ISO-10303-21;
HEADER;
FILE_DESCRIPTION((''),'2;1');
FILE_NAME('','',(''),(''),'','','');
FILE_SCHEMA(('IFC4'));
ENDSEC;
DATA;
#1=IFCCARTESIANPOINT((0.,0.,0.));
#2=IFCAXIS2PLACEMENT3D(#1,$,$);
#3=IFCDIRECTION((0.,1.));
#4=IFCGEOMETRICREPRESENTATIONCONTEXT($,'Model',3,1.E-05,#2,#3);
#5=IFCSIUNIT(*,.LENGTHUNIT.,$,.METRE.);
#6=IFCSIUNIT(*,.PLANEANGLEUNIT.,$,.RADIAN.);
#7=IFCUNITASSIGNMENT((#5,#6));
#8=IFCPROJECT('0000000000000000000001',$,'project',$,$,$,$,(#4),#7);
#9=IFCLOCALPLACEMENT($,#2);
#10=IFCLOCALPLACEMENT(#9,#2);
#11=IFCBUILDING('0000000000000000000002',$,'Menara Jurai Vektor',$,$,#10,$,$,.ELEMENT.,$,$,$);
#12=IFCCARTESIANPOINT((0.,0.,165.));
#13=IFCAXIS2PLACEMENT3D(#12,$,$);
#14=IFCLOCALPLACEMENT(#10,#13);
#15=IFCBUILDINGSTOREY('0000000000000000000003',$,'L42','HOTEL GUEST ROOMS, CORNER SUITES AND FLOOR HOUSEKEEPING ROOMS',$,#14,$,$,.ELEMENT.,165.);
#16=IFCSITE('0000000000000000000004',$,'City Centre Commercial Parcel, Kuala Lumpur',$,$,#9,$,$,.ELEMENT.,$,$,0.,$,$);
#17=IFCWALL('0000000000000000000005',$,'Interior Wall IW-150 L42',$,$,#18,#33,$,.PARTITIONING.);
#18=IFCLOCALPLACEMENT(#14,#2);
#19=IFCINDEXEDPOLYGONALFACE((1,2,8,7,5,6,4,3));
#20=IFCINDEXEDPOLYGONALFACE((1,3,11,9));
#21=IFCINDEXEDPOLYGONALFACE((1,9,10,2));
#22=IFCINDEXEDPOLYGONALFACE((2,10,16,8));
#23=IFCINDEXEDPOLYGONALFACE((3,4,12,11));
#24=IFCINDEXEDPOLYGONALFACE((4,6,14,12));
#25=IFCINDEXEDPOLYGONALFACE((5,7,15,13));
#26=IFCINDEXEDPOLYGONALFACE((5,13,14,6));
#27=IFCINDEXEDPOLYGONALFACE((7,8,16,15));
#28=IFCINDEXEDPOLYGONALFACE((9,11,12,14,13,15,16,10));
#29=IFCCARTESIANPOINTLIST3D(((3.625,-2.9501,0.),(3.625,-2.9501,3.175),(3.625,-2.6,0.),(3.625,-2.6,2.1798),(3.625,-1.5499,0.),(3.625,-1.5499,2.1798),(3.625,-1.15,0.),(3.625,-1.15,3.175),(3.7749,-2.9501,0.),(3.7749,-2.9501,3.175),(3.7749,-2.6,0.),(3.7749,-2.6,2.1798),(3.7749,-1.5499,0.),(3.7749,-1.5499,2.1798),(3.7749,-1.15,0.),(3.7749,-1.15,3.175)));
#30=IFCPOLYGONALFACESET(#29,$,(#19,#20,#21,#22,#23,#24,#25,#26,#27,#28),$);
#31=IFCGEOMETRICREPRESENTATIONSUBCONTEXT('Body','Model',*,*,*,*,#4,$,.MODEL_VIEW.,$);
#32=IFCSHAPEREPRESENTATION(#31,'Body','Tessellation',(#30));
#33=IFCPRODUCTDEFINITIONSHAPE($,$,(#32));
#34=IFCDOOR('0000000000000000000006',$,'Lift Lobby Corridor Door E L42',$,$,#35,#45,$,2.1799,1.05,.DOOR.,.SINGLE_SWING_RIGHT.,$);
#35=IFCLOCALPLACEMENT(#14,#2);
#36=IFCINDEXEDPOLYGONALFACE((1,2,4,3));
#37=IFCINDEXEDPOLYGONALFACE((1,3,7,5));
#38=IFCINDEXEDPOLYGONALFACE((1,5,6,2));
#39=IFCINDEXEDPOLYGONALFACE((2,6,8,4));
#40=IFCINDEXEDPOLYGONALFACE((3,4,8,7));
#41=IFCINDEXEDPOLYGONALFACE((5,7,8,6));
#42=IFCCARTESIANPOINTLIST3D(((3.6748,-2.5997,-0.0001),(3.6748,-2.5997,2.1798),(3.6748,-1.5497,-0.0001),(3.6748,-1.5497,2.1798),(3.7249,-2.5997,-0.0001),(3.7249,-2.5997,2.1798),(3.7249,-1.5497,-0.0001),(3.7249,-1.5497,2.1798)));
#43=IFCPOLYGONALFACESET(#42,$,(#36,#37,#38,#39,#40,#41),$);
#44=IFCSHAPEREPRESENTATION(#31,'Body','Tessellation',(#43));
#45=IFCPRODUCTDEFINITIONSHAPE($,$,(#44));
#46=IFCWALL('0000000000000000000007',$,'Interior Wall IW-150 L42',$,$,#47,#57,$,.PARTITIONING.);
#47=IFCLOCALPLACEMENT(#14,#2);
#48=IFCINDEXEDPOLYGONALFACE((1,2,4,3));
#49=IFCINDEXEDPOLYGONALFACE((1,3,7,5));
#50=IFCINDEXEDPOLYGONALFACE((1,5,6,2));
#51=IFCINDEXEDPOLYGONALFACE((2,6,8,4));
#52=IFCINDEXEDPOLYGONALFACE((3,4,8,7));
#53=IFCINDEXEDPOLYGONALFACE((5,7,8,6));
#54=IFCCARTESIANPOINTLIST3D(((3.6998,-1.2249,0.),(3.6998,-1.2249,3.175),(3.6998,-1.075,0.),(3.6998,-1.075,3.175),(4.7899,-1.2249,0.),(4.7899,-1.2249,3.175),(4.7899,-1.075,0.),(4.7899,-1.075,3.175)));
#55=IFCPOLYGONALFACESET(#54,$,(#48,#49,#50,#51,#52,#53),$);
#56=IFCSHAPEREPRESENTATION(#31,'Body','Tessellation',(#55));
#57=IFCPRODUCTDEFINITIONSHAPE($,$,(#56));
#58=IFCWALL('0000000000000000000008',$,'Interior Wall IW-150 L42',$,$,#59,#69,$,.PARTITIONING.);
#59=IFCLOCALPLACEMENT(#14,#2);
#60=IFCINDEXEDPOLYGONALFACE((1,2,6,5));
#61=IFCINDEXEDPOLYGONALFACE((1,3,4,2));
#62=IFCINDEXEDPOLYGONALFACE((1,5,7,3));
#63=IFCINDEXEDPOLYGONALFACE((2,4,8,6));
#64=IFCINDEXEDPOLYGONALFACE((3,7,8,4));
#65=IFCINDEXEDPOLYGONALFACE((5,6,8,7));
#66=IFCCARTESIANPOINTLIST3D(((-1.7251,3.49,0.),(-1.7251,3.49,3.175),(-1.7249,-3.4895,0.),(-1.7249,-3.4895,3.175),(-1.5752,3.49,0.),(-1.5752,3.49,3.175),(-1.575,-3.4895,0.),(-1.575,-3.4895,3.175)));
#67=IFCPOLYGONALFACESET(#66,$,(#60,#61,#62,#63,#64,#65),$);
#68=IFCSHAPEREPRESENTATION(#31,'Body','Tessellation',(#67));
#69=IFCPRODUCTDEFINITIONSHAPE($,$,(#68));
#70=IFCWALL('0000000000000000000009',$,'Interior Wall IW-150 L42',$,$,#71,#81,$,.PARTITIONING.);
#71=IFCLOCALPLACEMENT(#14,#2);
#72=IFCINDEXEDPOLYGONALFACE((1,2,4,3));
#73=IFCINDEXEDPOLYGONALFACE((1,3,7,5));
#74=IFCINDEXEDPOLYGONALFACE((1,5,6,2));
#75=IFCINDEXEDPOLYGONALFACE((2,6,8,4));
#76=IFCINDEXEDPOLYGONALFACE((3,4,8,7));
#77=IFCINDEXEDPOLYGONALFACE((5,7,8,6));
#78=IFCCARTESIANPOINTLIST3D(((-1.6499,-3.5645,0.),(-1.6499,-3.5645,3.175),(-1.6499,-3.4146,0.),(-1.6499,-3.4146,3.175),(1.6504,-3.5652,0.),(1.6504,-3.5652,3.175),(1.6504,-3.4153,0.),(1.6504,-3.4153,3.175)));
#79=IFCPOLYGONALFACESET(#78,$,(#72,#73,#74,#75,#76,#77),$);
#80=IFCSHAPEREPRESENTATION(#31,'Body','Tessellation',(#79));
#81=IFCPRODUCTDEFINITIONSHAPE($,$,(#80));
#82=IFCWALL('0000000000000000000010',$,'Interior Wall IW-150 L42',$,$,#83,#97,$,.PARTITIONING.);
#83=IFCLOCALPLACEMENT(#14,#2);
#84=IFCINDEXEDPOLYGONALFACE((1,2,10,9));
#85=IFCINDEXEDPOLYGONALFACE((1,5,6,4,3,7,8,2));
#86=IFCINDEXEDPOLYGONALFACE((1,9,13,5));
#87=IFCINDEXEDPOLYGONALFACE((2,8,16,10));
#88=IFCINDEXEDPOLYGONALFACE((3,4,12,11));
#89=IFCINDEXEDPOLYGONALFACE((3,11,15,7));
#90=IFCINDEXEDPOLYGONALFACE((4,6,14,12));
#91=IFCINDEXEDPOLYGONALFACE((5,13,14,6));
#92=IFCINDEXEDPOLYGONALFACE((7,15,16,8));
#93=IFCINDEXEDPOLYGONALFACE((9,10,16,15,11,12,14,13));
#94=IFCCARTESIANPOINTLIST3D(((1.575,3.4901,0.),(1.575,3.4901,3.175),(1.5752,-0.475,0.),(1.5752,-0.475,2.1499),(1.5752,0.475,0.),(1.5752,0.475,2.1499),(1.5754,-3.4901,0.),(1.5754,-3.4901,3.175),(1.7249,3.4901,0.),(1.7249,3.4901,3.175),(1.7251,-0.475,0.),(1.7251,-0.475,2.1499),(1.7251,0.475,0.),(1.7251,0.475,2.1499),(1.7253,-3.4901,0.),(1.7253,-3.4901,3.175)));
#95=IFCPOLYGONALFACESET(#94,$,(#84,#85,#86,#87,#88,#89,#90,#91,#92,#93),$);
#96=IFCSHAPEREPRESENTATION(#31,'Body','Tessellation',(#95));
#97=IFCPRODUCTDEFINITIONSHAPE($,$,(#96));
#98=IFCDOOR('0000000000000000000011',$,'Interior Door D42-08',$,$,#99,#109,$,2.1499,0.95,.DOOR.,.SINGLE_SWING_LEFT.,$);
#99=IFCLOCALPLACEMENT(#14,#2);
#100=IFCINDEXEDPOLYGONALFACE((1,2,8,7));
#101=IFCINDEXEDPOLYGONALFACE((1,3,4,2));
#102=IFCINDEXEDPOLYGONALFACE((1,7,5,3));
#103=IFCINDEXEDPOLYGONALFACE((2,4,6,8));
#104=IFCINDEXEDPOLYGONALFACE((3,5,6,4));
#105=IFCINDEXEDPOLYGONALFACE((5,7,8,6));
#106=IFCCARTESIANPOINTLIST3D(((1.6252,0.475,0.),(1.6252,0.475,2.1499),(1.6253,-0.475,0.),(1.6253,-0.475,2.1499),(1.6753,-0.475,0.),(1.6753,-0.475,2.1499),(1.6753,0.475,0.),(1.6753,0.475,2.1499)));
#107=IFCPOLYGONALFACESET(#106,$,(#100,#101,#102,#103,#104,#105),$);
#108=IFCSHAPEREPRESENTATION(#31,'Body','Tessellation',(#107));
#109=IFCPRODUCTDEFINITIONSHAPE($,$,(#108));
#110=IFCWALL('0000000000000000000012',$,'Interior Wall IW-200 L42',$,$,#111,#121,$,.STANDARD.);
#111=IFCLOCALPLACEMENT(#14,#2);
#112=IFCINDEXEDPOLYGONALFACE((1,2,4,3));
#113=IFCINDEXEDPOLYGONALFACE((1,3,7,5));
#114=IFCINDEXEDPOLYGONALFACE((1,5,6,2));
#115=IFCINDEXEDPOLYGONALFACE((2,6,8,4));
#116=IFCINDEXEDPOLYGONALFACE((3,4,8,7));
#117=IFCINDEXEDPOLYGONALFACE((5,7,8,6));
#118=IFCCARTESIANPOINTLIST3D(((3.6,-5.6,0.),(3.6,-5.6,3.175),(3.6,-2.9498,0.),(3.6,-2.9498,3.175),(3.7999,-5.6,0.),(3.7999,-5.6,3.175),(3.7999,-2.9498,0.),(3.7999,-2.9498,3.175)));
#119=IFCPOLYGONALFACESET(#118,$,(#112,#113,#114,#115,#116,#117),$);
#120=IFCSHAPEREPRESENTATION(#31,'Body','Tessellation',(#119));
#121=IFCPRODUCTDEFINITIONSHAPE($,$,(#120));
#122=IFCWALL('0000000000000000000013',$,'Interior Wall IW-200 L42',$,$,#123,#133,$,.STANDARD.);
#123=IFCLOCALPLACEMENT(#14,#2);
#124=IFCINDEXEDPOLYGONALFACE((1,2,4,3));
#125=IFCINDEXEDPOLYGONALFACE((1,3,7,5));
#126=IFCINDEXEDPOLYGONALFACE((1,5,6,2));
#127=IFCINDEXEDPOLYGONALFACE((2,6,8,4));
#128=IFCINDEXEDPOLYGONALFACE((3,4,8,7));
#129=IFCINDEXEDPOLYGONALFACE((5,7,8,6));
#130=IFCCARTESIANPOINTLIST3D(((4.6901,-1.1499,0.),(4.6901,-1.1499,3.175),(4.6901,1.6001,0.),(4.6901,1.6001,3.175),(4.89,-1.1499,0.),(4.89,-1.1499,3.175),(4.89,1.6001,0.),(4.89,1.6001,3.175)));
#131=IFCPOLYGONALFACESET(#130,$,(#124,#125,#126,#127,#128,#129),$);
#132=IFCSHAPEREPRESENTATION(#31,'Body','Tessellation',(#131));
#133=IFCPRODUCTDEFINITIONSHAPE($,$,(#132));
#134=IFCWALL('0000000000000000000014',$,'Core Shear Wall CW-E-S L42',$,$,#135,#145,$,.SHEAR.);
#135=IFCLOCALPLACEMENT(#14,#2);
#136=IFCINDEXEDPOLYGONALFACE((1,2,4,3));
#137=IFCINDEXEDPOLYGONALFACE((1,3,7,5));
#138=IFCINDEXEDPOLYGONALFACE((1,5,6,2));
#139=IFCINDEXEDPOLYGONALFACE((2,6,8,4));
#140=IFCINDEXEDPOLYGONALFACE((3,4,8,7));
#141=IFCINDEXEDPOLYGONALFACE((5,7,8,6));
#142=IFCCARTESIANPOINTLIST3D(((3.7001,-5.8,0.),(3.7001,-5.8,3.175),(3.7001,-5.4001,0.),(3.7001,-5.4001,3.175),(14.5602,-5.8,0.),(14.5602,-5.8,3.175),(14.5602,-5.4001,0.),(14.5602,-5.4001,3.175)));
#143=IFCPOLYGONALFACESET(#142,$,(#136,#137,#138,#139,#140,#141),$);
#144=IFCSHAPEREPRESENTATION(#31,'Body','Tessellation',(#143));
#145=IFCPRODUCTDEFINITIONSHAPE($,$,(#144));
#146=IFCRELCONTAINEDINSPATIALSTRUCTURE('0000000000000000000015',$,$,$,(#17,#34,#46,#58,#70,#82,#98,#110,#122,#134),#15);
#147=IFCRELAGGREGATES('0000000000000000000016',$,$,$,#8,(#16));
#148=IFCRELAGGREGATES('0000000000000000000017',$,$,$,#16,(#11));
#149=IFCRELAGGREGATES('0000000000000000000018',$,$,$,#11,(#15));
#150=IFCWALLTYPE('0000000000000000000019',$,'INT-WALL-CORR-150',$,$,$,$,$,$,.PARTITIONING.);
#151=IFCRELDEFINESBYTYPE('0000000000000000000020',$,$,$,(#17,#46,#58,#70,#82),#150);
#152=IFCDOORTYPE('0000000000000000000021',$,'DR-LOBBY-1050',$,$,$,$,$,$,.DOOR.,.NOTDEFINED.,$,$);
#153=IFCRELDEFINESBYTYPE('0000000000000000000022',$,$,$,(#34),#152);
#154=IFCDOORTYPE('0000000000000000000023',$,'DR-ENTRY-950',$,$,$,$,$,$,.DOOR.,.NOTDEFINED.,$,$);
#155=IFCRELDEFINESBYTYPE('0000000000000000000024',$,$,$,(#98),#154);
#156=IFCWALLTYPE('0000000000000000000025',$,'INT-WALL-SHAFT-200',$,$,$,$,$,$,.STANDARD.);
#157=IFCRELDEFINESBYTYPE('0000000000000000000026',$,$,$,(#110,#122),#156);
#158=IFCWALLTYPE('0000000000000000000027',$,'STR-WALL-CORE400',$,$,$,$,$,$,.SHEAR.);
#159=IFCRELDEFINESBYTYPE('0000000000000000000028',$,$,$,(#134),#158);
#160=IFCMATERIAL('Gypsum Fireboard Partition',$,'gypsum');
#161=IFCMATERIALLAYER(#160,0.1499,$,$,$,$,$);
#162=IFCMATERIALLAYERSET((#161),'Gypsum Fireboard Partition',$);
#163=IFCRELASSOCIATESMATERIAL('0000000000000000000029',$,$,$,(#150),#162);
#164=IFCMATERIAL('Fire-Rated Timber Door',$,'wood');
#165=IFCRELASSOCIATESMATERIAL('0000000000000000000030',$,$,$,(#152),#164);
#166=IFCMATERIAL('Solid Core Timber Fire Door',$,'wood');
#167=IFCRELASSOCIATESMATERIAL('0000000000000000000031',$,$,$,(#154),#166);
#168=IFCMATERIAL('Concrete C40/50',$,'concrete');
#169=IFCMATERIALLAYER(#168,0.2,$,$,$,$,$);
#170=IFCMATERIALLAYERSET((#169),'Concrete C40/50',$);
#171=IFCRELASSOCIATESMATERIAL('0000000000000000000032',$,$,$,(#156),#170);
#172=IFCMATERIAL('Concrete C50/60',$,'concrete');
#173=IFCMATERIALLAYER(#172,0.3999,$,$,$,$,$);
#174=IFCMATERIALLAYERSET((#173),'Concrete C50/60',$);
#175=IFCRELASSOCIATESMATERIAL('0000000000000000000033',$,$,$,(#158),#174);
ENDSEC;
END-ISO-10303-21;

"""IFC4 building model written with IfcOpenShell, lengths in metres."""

from ifc_helpers import new_model, si_unit, direction, frame, frame_2d, origin, place, context, subcontext, project, spatial, rectangle, extrude, material, layer, layer_set, type_object, element, fill, save


model = new_model("IFC4")

# Units and contexts
model_context = context("Model", 3, precision=1e-05, world=origin(), true_north=direction((0.0, 1.0)))
body_context = subcontext(model_context, "Body", "Model", "MODEL_VIEW")
ifc_project = project(units=[si_unit("LENGTHUNIT", "METRE"), si_unit("PLANEANGLEUNIT", "RADIAN")], contexts=[model_context])

# Site, building, storey
site_placement = place(None, origin())
site = spatial("IfcSite", under=ifc_project, at=site_placement, Name="City Centre Commercial Parcel, Kuala Lumpur", CompositionType="ELEMENT", RefElevation=0.0)
building_placement = place(site_placement, origin())
building = spatial("IfcBuilding", under=site, at=building_placement, Name="Menara Jurai Vektor", CompositionType="ELEMENT")
storey_placement = place(building_placement, frame((0.0, 0.0, 165.0)))
storey = spatial("IfcBuildingStorey", under=building, at=storey_placement, Name="L42", Description="HOTEL GUEST ROOMS, CORNER SUITES AND FLOOR HOUSEKEEPING ROOMS", CompositionType="ELEMENT", Elevation=165.0)

# Shared definitions
ifc_material_1 = material(Name="Concrete C50/60", Category="concrete")

# Shared definitions
ifc_material_2 = material(Name="Concrete C40/50", Category="concrete")

# Wall, opening, door
ifc_material_3 = material(Name="Gypsum Fireboard Partition", Category="gypsum")
ifc_layer_1 = layer(ifc_material_3, 0.1499)
ifc_layer_set_1 = layer_set([ifc_layer_1], Name="Gypsum Fireboard Partition")
wall_type_1 = type_object("IfcWallType", Name="INT-WALL-CORR-150", PredefinedType="PARTITIONING", material=ifc_layer_set_1)
wall_1_placement = place(storey_placement, frame((3.7, -2.95, 0.0), z_axis=(0.0, 0.0, 1.0), x_axis=(0.0, 1.0, 0.0)))
wall_1 = element("IfcWall", 1, at=wall_1_placement, inside=storey, type_object=wall_type_1, Name="Interior Wall IW-150 L42", PredefinedType="PARTITIONING", context=body_context, shape_type="SweptSolid", body=[
    extrude(rectangle(XDim=1.8, YDim=0.1499, at=frame_2d((0.8999, 0.0))), origin(), (0.0, 0.0, 1.0), 3.175),
])
opening_1_placement = place(wall_1_placement, frame((0.3501, 0.0, 0.0)))
opening_1 = element("IfcOpeningElement", 2, at=opening_1_placement, cuts=wall_1, PredefinedType="OPENING", context=body_context, shape_type="SweptSolid", body=[
    extrude(rectangle(XDim=1.05, YDim=2.1799, at=frame_2d((0.5249, 1.0898))), frame((0.0, 0.085, 0.0), z_axis=(0.0, -1.0, 0.0), x_axis=(1.0, 0.0, 0.0)), (0.0, 0.0, 1.0), 0.1699),
])
ifc_material_4 = material(Name="Fire-Rated Timber Door", Category="wood")
door_type_1 = type_object("IfcDoorType", Name="DR-LOBBY-1050", OperationType="NOTDEFINED", PredefinedType="DOOR", material=ifc_material_4)
door_1_placement = place(opening_1_placement, frame((1.05, 0.0, 0.0), z_axis=(0.0, 0.0, 1.0), x_axis=(-1.0, 0.0, 0.0)))
door_1 = element("IfcDoor", 3, at=door_1_placement, inside=storey, type_object=door_type_1, Name="Lift Lobby Corridor Door E L42", OperationType="SINGLE_SWING_RIGHT", OverallHeight=2.1799, OverallWidth=1.05, PredefinedType="DOOR", context=body_context, shape_type="SweptSolid", body=[
    extrude(rectangle(XDim=1.05, YDim=2.1799, at=frame_2d((0.5249, 1.0898))), frame((0.0, 0.0249, 0.0), z_axis=(0.0, -1.0, 0.0), x_axis=(1.0, 0.0, 0.0)), (0.0, 0.0, 1.0), 0.05),
])
fill(opening_1, door_1)

# Walls
wall_2_placement = place(storey_placement, frame((3.7, -1.1499, 0.0), z_axis=(0.0, 0.0, 1.0), x_axis=(1.0, 0.0, 0.0)))
element("IfcWall", 4, at=wall_2_placement, inside=storey, type_object=wall_type_1, Name="Interior Wall IW-150 L42", PredefinedType="PARTITIONING", context=body_context, shape_type="SweptSolid", body=[
    extrude(rectangle(XDim=1.0901, YDim=0.1499, at=frame_2d((0.5449, 0.0))), origin(), (0.0, 0.0, 1.0), 3.175),
])
wall_3_placement = place(storey_placement, frame((-1.6499, -3.4895, 0.0), z_axis=(0.0, 0.0, 1.0), x_axis=(-0.000035, 1.0, 0.0)))
element("IfcWall", 5, at=wall_3_placement, inside=storey, type_object=wall_type_1, Name="Interior Wall IW-150 L42", PredefinedType="PARTITIONING", context=body_context, shape_type="SweptSolid", body=[
    extrude(rectangle(XDim=6.9795, YDim=0.1499, at=frame_2d((3.4897, 0.0))), origin(), (0.0, 0.0, 1.0), 3.175),
])
wall_4_placement = place(storey_placement, frame((-1.6499, -3.4895, 0.0), z_axis=(0.0, 0.0, 1.0), x_axis=(1.0, -0.000222, 0.0)))
element("IfcWall", 6, at=wall_4_placement, inside=storey, type_object=wall_type_1, Name="Interior Wall IW-150 L42", PredefinedType="PARTITIONING", context=body_context, shape_type="SweptSolid", body=[
    extrude(rectangle(XDim=3.3003, YDim=0.1499, at=frame_2d((1.6501, 0.0))), origin(), (0.0, 0.0, 1.0), 3.175),
])

# Wall, opening, door
wall_5_placement = place(storey_placement, frame((1.6504, -3.4902, 0.0), z_axis=(0.0, 0.0, 1.0), x_axis=(-0.00007, 1.0, 0.0)))
wall_5 = element("IfcWall", 7, at=wall_5_placement, inside=storey, type_object=wall_type_1, Name="Interior Wall IW-150 L42", PredefinedType="PARTITIONING", context=body_context, shape_type="SweptSolid", body=[
    extrude(rectangle(XDim=6.9802, YDim=0.1499, at=frame_2d((3.4902, 0.0))), origin(), (0.0, 0.0, 1.0), 3.175),
])
opening_2_placement = place(wall_5_placement, frame((3.0151, 0.0, 0.0)))
opening_2 = element("IfcOpeningElement", 8, at=opening_2_placement, cuts=wall_5, PredefinedType="OPENING", context=body_context, shape_type="SweptSolid", body=[
    extrude(rectangle(XDim=0.95, YDim=2.1499, at=frame_2d((0.4751, 1.075))), frame((0.0, 0.085, 0.0), z_axis=(0.0, -1.0, 0.0), x_axis=(1.0, 0.0, 0.0)), (0.0, 0.0, 1.0), 0.1699),
])
ifc_material_5 = material(Name="Solid Core Timber Fire Door", Category="wood")
door_type_2 = type_object("IfcDoorType", Name="DR-ENTRY-950", OperationType="NOTDEFINED", PredefinedType="DOOR", material=ifc_material_5)
door_2_placement = place(opening_2_placement, origin())
door_2 = element("IfcDoor", 9, at=door_2_placement, inside=storey, type_object=door_type_2, Name="Interior Door D42-08", OperationType="SINGLE_SWING_LEFT", OverallHeight=2.1499, OverallWidth=0.95, PredefinedType="DOOR", context=body_context, shape_type="SweptSolid", body=[
    extrude(rectangle(XDim=0.95, YDim=2.1499, at=frame_2d((0.4751, 1.075))), frame((0.0, 0.0249, 0.0), z_axis=(0.0, -1.0, 0.0), x_axis=(1.0, 0.0, 0.0)), (0.0, 0.0, 1.0), 0.05),
])
fill(opening_2, door_2)

# Shared definitions
ifc_layer_2 = layer(ifc_material_2, 0.2)
ifc_layer_set_2 = layer_set([ifc_layer_2], Name="Concrete C40/50")
wall_type_2 = type_object("IfcWallType", Name="INT-WALL-SHAFT-200", PredefinedType="STANDARD", material=ifc_layer_set_2)

# Walls
wall_6_placement = place(storey_placement, frame((3.7, -5.6001, 0.0), z_axis=(0.0, 0.0, 1.0), x_axis=(0.0, 1.0, 0.0)))
element("IfcWall", 10, at=wall_6_placement, inside=storey, type_object=wall_type_2, Name="Interior Wall IW-200 L42", PredefinedType="STANDARD", context=body_context, shape_type="SweptSolid", body=[
    extrude(rectangle(XDim=2.6501, YDim=0.2, at=frame_2d((1.3252, 0.0))), origin(), (0.0, 0.0, 1.0), 3.175),
])
wall_7_placement = place(storey_placement, frame((4.79, -1.1499, 0.0), z_axis=(0.0, 0.0, 1.0), x_axis=(0.0, 1.0, 0.0)))
element("IfcWall", 11, at=wall_7_placement, inside=storey, type_object=wall_type_2, Name="Interior Wall IW-200 L42", PredefinedType="STANDARD", context=body_context, shape_type="SweptSolid", body=[
    extrude(rectangle(XDim=2.75, YDim=0.2, at=frame_2d((1.375, 0.0))), origin(), (0.0, 0.0, 1.0), 3.175),
])

# Wall
ifc_layer_3 = layer(ifc_material_1, 0.3999)
ifc_layer_set_3 = layer_set([ifc_layer_3], Name="Concrete C50/60")
wall_type_3 = type_object("IfcWallType", Name="STR-WALL-CORE400", PredefinedType="SHEAR", material=ifc_layer_set_3)
wall_8_placement = place(storey_placement, frame((3.7, -5.6001, 0.0), z_axis=(0.0, 0.0, 1.0), x_axis=(1.0, 0.0, 0.0)))
element("IfcWall", 12, at=wall_8_placement, inside=storey, type_object=wall_type_3, Name="Core Shear Wall CW-E-S L42", PredefinedType="SHEAR", context=body_context, shape_type="SweptSolid", body=[
    extrude(rectangle(XDim=10.8601, YDim=0.3999, at=frame_2d((5.4302, 0.0))), origin(), (0.0, 0.0, 1.0), 3.175),
])

save(model, "model.ifc")
